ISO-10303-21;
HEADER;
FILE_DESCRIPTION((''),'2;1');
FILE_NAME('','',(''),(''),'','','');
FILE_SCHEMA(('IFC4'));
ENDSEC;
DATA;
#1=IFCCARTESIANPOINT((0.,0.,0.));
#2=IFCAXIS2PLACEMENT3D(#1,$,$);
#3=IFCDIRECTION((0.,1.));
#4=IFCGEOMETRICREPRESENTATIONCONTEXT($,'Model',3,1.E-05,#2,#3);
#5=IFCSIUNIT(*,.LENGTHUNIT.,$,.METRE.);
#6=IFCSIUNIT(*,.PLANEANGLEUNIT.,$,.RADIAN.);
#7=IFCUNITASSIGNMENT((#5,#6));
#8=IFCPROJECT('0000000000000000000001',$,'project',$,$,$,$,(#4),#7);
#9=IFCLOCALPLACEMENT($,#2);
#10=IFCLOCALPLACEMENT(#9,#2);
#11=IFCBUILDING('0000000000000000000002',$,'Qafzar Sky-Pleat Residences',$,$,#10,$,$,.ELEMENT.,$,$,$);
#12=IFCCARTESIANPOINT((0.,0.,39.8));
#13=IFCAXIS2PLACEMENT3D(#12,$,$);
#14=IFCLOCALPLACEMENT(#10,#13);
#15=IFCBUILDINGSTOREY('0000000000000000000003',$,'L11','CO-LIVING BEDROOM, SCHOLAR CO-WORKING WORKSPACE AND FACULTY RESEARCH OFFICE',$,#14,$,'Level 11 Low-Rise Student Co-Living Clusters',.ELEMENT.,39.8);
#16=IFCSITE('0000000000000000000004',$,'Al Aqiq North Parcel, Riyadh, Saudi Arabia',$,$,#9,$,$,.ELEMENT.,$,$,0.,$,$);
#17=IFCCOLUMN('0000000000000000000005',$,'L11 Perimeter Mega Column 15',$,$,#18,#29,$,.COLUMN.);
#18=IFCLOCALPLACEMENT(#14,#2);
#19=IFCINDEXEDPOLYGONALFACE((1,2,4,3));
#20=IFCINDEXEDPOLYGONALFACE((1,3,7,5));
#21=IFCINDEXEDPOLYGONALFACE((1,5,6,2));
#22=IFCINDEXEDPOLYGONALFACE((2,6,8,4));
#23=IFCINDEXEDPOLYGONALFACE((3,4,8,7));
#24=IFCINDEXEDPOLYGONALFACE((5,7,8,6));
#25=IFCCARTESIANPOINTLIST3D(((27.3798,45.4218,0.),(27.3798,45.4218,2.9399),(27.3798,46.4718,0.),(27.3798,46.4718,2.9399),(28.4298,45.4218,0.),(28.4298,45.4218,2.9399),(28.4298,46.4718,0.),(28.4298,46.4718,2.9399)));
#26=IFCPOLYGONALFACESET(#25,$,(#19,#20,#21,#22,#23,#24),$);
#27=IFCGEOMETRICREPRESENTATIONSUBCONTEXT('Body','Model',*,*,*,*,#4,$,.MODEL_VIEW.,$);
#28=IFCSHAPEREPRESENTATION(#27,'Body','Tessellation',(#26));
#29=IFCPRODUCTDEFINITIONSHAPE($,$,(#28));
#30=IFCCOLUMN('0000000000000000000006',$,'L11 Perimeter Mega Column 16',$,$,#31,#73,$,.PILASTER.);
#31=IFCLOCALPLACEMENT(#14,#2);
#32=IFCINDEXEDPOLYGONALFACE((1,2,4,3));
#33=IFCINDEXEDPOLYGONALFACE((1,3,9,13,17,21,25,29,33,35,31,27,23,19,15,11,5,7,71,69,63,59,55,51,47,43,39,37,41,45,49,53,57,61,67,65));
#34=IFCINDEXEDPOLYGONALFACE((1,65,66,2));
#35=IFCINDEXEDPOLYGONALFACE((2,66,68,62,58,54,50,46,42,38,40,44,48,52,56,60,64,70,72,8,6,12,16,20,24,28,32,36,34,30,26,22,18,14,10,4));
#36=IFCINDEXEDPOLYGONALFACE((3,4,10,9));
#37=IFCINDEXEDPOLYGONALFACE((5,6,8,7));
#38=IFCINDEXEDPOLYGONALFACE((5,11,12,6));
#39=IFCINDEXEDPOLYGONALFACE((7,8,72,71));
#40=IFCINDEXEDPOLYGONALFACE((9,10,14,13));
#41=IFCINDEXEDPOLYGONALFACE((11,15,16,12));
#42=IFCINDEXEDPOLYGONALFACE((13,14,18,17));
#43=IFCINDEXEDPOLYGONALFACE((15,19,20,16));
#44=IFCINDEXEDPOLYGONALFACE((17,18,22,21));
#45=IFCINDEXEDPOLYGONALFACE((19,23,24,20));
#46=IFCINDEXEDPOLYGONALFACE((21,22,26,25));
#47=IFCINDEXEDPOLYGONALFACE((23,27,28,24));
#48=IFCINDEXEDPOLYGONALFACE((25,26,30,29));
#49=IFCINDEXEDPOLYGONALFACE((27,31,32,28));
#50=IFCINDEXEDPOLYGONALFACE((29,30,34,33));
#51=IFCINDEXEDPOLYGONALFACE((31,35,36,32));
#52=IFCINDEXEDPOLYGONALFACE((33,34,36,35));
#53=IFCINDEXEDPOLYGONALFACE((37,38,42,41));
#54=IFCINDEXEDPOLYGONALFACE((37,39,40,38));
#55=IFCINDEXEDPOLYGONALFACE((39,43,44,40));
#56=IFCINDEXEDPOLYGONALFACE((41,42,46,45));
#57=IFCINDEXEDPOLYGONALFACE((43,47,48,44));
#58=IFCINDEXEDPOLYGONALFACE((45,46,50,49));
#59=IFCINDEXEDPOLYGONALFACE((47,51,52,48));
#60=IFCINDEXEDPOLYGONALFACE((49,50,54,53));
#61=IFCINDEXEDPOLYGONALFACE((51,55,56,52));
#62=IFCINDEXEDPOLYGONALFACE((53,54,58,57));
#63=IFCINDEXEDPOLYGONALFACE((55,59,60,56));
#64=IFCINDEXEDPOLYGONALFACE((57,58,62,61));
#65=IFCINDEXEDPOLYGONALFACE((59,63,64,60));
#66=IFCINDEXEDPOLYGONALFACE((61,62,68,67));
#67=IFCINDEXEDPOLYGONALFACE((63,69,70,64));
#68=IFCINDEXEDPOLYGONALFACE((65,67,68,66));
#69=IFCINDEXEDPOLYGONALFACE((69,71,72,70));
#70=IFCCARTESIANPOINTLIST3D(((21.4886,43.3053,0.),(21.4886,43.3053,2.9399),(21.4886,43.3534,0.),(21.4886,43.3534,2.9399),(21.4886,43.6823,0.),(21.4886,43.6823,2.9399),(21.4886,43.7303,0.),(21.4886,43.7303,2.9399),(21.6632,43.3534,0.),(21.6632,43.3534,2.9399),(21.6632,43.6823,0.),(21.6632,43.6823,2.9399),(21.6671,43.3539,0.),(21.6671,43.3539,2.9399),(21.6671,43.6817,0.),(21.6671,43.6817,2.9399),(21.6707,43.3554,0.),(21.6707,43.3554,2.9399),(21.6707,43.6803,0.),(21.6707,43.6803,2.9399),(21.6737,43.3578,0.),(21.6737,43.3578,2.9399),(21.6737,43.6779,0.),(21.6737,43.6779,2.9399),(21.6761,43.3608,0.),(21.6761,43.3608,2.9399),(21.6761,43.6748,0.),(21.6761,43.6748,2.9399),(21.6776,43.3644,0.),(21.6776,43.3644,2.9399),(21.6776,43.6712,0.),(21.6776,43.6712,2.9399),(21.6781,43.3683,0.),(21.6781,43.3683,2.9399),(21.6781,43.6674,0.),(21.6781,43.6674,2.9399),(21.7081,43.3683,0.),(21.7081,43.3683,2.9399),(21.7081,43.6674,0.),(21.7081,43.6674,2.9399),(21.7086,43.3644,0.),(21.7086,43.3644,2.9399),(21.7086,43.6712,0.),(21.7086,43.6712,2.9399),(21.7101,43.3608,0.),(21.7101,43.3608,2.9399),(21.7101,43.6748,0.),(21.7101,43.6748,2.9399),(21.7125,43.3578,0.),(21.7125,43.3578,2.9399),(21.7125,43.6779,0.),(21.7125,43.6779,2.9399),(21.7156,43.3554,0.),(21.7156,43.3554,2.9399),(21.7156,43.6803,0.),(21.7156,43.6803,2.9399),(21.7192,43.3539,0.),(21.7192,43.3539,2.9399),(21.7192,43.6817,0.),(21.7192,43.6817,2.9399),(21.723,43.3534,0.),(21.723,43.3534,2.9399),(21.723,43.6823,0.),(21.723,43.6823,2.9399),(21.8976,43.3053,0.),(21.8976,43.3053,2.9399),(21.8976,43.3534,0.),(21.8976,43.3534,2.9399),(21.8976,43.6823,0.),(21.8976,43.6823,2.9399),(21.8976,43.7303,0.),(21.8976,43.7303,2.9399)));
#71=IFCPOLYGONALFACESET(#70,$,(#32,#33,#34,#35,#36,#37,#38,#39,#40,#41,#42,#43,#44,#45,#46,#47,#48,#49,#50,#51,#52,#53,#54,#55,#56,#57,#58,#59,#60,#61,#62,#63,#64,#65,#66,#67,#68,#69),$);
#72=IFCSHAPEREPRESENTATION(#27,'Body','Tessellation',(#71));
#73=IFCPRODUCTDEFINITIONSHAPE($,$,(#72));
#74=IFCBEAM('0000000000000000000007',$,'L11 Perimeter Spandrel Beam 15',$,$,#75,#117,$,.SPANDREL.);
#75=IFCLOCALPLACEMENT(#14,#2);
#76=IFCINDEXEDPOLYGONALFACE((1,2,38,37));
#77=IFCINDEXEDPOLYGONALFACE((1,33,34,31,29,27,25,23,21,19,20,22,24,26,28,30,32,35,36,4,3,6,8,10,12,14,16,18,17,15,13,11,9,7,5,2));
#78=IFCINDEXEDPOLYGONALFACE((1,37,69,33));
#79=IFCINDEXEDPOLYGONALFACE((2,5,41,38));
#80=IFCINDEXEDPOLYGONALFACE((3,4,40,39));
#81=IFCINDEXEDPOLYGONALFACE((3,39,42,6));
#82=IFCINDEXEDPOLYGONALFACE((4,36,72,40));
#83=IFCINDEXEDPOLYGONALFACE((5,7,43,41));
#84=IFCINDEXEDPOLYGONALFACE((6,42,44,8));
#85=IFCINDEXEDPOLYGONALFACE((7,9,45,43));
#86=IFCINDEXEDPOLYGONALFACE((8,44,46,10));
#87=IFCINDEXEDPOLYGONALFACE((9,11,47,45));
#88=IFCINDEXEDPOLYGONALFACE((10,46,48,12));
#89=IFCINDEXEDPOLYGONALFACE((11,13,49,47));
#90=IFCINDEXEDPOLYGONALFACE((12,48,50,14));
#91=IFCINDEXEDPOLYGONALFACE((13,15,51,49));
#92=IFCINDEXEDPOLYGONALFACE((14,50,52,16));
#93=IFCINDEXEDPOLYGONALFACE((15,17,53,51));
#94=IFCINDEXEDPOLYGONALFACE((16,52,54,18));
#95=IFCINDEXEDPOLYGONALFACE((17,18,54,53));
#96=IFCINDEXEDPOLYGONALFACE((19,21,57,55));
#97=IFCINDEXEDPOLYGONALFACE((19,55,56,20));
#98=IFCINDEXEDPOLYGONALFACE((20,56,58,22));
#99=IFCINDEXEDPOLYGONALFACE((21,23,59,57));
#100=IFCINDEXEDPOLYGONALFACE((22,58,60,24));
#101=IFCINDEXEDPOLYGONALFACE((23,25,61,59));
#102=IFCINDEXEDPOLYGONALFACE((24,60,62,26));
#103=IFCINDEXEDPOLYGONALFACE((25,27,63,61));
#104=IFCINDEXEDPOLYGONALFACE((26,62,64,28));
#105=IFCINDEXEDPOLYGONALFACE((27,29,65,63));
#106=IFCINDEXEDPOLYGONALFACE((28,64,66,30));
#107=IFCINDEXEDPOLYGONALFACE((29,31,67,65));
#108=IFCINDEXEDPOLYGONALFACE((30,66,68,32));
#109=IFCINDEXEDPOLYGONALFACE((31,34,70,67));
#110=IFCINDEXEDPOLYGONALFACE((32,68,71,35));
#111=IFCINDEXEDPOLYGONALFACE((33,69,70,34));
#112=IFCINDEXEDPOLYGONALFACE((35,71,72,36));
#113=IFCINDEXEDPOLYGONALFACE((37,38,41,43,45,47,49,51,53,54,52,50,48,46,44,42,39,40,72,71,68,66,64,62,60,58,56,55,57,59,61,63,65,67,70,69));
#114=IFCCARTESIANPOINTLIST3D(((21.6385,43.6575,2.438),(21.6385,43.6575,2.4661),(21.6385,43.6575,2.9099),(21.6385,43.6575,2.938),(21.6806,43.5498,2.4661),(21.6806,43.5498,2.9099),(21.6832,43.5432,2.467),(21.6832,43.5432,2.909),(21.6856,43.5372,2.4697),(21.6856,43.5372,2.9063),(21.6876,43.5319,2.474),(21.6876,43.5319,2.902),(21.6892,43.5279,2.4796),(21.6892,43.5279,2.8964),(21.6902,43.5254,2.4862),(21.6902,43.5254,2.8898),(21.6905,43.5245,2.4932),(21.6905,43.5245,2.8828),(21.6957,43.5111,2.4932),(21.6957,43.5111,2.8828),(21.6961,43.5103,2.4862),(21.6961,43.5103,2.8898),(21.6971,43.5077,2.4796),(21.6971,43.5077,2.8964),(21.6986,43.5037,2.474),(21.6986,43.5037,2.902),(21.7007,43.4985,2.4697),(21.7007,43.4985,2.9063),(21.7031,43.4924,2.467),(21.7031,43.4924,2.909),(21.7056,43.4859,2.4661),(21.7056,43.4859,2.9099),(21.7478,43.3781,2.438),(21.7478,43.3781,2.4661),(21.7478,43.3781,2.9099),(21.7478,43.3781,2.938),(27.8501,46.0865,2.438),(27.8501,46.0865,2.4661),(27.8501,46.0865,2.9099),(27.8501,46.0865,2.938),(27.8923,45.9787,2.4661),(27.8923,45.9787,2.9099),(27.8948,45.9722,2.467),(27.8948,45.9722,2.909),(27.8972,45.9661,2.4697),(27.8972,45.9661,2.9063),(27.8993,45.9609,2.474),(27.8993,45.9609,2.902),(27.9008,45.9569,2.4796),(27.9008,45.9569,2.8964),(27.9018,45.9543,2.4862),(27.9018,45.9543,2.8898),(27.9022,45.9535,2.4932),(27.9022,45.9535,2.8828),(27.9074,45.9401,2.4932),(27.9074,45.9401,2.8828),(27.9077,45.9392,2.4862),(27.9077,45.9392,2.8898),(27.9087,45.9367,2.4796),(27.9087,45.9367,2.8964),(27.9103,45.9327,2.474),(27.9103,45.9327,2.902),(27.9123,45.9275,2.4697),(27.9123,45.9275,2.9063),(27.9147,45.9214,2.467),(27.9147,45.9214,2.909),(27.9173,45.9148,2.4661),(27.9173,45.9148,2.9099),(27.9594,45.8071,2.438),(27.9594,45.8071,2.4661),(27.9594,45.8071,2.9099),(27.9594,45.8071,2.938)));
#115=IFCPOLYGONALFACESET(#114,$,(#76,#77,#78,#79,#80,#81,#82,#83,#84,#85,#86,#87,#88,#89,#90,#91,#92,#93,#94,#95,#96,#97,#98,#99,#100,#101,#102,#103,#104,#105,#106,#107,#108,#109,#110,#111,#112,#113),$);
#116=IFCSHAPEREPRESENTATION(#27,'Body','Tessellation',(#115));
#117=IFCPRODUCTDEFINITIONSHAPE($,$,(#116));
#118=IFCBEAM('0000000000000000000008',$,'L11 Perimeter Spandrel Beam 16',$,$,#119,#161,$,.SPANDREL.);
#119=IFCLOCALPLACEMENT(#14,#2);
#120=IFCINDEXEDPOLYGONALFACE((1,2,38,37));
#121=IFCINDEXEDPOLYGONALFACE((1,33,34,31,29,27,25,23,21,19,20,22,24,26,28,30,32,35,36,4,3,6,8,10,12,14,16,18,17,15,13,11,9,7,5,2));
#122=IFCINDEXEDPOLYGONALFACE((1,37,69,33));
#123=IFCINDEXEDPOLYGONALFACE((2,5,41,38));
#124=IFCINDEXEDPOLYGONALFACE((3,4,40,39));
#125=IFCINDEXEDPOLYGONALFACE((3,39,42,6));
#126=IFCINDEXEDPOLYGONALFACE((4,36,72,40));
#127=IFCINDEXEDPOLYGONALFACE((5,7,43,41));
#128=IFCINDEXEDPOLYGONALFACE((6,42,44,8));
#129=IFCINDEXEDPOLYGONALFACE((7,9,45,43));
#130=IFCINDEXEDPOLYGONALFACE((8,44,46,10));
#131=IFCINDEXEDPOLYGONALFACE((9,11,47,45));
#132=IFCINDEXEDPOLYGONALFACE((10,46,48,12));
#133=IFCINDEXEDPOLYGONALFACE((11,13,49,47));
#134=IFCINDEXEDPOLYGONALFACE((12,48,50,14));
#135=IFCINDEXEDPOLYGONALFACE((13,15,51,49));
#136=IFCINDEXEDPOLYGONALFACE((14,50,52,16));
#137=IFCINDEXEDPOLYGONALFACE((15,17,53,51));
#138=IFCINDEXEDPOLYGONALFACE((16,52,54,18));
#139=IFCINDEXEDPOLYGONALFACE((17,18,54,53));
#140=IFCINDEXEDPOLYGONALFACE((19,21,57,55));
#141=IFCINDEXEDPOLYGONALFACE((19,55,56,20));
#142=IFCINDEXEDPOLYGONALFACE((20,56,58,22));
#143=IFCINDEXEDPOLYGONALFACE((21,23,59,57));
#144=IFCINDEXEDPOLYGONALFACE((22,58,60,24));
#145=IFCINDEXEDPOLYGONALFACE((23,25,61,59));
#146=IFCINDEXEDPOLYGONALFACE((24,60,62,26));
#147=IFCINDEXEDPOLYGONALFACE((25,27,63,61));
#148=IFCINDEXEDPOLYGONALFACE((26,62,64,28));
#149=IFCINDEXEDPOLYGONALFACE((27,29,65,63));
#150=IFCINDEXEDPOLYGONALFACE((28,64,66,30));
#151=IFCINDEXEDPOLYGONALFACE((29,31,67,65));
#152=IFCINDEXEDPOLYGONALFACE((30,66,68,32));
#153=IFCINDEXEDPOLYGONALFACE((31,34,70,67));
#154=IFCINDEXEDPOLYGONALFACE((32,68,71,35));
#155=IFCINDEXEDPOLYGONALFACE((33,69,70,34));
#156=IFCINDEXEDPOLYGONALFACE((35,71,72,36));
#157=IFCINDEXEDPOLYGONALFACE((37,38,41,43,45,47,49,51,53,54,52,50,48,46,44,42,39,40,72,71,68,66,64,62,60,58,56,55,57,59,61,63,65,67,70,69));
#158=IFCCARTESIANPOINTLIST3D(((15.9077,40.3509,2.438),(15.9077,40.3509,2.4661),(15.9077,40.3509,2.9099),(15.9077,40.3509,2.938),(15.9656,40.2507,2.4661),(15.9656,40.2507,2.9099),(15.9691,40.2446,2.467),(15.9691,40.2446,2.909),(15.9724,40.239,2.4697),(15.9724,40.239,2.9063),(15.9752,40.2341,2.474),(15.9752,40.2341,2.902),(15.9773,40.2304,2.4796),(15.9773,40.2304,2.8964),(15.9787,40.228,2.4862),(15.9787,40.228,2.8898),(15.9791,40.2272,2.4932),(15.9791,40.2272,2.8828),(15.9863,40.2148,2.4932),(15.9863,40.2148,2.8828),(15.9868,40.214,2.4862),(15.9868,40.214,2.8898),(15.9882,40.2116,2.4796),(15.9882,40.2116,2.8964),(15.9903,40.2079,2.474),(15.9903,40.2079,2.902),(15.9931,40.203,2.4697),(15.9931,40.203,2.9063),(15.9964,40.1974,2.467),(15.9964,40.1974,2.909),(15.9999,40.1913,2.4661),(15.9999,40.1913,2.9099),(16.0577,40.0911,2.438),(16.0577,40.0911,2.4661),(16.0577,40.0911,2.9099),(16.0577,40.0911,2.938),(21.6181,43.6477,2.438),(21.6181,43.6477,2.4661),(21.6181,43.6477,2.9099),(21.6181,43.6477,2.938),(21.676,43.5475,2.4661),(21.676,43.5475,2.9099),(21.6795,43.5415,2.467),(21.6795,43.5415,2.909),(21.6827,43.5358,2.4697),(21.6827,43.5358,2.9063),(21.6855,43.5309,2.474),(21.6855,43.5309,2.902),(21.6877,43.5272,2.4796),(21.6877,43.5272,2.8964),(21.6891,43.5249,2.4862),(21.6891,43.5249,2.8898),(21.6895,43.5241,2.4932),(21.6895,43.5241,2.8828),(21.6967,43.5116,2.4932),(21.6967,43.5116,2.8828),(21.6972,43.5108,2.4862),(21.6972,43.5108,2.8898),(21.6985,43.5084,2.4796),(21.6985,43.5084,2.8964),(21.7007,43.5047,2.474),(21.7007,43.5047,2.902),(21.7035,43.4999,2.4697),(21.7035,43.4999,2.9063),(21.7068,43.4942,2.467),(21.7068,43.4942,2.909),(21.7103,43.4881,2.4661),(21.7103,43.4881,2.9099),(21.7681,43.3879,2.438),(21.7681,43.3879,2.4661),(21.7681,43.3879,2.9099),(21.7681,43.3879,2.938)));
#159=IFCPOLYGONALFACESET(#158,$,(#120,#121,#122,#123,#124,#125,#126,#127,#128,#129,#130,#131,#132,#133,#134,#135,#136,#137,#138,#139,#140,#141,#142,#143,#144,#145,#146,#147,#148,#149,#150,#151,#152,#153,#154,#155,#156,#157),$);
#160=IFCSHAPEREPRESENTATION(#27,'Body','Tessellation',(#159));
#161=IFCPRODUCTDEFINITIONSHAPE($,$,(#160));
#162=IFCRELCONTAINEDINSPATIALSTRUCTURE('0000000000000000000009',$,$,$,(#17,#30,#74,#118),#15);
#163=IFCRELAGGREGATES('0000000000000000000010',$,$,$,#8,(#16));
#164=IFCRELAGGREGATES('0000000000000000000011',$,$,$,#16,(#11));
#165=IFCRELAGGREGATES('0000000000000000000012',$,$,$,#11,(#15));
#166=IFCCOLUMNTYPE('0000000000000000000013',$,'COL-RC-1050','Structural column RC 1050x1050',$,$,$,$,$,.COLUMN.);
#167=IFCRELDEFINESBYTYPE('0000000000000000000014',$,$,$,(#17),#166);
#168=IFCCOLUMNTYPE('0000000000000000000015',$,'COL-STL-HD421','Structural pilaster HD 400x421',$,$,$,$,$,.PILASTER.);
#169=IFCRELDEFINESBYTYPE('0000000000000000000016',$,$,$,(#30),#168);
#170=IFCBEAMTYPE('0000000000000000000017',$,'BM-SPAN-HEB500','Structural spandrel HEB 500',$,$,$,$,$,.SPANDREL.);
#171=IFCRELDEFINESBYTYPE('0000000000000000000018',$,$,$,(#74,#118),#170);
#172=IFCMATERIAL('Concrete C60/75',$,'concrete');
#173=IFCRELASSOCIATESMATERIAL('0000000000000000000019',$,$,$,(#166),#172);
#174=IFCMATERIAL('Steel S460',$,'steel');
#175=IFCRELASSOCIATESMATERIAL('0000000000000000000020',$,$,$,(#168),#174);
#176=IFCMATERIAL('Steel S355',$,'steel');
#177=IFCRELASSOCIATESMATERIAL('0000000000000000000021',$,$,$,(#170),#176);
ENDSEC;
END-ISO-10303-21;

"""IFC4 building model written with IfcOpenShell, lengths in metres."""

from ifc_helpers import new_model, si_unit, direction, frame, origin, origin_2d, place, context, subcontext, project, spatial, rectangle, i_section, extrude, source, transform, mapped, material, material_profile, profile_set, type_object, element, save


model = new_model("IFC4")

# Units and contexts
model_context = context("Model", 3, precision=1e-05, world=origin(), true_north=direction((0.0, 1.0)))
body_context = subcontext(model_context, "Body", "Model", "MODEL_VIEW")
ifc_project = project(units=[si_unit("LENGTHUNIT", "METRE"), si_unit("PLANEANGLEUNIT", "RADIAN")], contexts=[model_context])

# Site, building, storey
site_placement = place(None, origin())
site = spatial("IfcSite", under=ifc_project, at=site_placement, Name="Al Aqiq North Parcel, Riyadh, Saudi Arabia", CompositionType="ELEMENT", RefElevation=0.0)
building_placement = place(site_placement, origin())
building = spatial("IfcBuilding", under=site, at=building_placement, Name="Qafzar Sky-Pleat Residences", CompositionType="ELEMENT")
storey_placement = place(building_placement, frame((0.0, 0.0, 39.8)))
storey = spatial("IfcBuildingStorey", under=building, at=storey_placement, Name="L11", Description="CO-LIVING BEDROOM, SCHOLAR CO-WORKING WORKSPACE AND FACULTY RESEARCH OFFICE", LongName="Level 11 Low-Rise Student Co-Living Clusters", CompositionType="ELEMENT", Elevation=39.8)

# Columns
ifc_material_1 = material(Name="Concrete C60/75", Category="concrete")
ifc_material_profile_1 = material_profile(ifc_material_1, rectangle(XDim=1.05, YDim=1.05, at=origin_2d()), Name="RC 1050x1050")
ifc_profile_set_1 = profile_set([ifc_material_profile_1], Name="Concrete C60/75")
column_type_1 = type_object("IfcColumnType", Name="COL-RC-1050", Description="Structural column RC 1050x1050", PredefinedType="COLUMN", material=ifc_profile_set_1)
shared_shape_1 = source(origin(), body_context, "Body", "SweptSolid", [
    extrude(rectangle(XDim=1.05, YDim=1.05, at=origin_2d()), origin(), (0.0, 0.0, 1.0), 2.9399),
])
column_1_placement = place(storey_placement, frame((27.9048, 45.9468, 0.0), z_axis=(0.0, 0.0, 1.0), x_axis=(1.0, 0.0, 0.0)))
element("IfcColumn", 1, at=column_1_placement, inside=storey, type_object=column_type_1, Name="L11 Perimeter Mega Column 15", PredefinedType="COLUMN", context=body_context, shape_type="MappedRepresentation", body=[
    mapped(shared_shape_1, transform((0.0, 0.0, 0.0), x_axis=(1.0, 0.0, 0.0), y_axis=(0.0, 1.0, 0.0), z_axis=(0.0, 0.0, 1.0), scale=1.0)),
])
ifc_material_2 = material(Name="Steel S460", Category="steel")
ifc_material_profile_2 = material_profile(ifc_material_2, i_section(OverallWidth=0.4089, OverallDepth=0.425, WebThickness=0.03, FlangeThickness=0.0481, FilletRadius=0.0149, at=origin_2d()), Name="HD 400x421")
ifc_profile_set_2 = profile_set([ifc_material_profile_2], Name="Steel S460")
column_type_2 = type_object("IfcColumnType", Name="COL-STL-HD421", Description="Structural pilaster HD 400x421", PredefinedType="PILASTER", material=ifc_profile_set_2)
shared_shape_2 = source(origin(), body_context, "Body", "SweptSolid", [
    extrude(i_section(OverallWidth=0.4089, OverallDepth=0.425, WebThickness=0.03, FlangeThickness=0.0481, FilletRadius=0.0149, at=origin_2d()), origin(), (0.0, 0.0, 1.0), 2.9399),
])
column_2_placement = place(storey_placement, frame((21.6931, 43.5178, 0.0), z_axis=(0.0, 0.0, 1.0), x_axis=(1.0, 0.0, 0.0)))
element("IfcColumn", 2, at=column_2_placement, inside=storey, type_object=column_type_2, Name="L11 Perimeter Mega Column 16", PredefinedType="PILASTER", context=body_context, shape_type="MappedRepresentation", body=[
    mapped(shared_shape_2, transform((0.0, 0.0, 0.0), x_axis=(1.0, 0.0, 0.0), y_axis=(0.0, 1.0, 0.0), z_axis=(0.0, 0.0, 1.0), scale=1.0)),
])

# Beams
ifc_material_3 = material(Name="Steel S355", Category="steel")
ifc_material_profile_3 = material_profile(ifc_material_3, i_section(OverallWidth=0.3, OverallDepth=0.5, WebThickness=0.0144, FlangeThickness=0.0281, FilletRadius=0.0271, at=origin_2d()), Name="HEB 500")
ifc_profile_set_3 = profile_set([ifc_material_profile_3], Name="Steel S355")
beam_type_1 = type_object("IfcBeamType", Name="BM-SPAN-HEB500", Description="Structural spandrel HEB 500", PredefinedType="SPANDREL", material=ifc_profile_set_3)
shared_shape_3 = source(origin(), body_context, "Body", "SweptSolid", [
    extrude(i_section(OverallWidth=0.3, OverallDepth=0.5, WebThickness=0.0144, FlangeThickness=0.0281, FilletRadius=0.0271, at=origin_2d()), origin(), (0.0, 0.0, 1.0), 6.6697),
])
beam_1_placement = place(storey_placement, frame((27.9048, 45.9468, 2.688), z_axis=(-0.931329, -0.364179, 0.0), x_axis=(0.364179, -0.931329, 0.0)))
element("IfcBeam", 3, at=beam_1_placement, inside=storey, type_object=beam_type_1, Name="L11 Perimeter Spandrel Beam 15", PredefinedType="SPANDREL", context=body_context, shape_type="MappedRepresentation", body=[
    mapped(shared_shape_3, transform((0.0, 0.0, 0.0), x_axis=(1.0, 0.0, 0.0), y_axis=(0.0, 1.0, 0.0), z_axis=(0.0, 0.0, 1.0), scale=1.0)),
])
shared_shape_4 = source(origin(), body_context, "Body", "SweptSolid", [
    extrude(i_section(OverallWidth=0.3, OverallDepth=0.5, WebThickness=0.0144, FlangeThickness=0.0281, FilletRadius=0.0271, at=origin_2d()), origin(), (0.0, 0.0, 1.0), 6.5938),
])
beam_2_placement = place(storey_placement, frame((21.6931, 43.5178, 2.688), z_axis=(-0.866029, -0.499994, 0.0), x_axis=(0.499994, -0.866029, 0.0)))
element("IfcBeam", 4, at=beam_2_placement, inside=storey, type_object=beam_type_1, Name="L11 Perimeter Spandrel Beam 16", PredefinedType="SPANDREL", context=body_context, shape_type="MappedRepresentation", body=[
    mapped(shared_shape_4, transform((0.0, 0.0, 0.0), x_axis=(1.0, 0.0, 0.0), y_axis=(0.0, 1.0, 0.0), z_axis=(0.0, 0.0, 1.0), scale=1.0)),
])

save(model, "model.ifc")
